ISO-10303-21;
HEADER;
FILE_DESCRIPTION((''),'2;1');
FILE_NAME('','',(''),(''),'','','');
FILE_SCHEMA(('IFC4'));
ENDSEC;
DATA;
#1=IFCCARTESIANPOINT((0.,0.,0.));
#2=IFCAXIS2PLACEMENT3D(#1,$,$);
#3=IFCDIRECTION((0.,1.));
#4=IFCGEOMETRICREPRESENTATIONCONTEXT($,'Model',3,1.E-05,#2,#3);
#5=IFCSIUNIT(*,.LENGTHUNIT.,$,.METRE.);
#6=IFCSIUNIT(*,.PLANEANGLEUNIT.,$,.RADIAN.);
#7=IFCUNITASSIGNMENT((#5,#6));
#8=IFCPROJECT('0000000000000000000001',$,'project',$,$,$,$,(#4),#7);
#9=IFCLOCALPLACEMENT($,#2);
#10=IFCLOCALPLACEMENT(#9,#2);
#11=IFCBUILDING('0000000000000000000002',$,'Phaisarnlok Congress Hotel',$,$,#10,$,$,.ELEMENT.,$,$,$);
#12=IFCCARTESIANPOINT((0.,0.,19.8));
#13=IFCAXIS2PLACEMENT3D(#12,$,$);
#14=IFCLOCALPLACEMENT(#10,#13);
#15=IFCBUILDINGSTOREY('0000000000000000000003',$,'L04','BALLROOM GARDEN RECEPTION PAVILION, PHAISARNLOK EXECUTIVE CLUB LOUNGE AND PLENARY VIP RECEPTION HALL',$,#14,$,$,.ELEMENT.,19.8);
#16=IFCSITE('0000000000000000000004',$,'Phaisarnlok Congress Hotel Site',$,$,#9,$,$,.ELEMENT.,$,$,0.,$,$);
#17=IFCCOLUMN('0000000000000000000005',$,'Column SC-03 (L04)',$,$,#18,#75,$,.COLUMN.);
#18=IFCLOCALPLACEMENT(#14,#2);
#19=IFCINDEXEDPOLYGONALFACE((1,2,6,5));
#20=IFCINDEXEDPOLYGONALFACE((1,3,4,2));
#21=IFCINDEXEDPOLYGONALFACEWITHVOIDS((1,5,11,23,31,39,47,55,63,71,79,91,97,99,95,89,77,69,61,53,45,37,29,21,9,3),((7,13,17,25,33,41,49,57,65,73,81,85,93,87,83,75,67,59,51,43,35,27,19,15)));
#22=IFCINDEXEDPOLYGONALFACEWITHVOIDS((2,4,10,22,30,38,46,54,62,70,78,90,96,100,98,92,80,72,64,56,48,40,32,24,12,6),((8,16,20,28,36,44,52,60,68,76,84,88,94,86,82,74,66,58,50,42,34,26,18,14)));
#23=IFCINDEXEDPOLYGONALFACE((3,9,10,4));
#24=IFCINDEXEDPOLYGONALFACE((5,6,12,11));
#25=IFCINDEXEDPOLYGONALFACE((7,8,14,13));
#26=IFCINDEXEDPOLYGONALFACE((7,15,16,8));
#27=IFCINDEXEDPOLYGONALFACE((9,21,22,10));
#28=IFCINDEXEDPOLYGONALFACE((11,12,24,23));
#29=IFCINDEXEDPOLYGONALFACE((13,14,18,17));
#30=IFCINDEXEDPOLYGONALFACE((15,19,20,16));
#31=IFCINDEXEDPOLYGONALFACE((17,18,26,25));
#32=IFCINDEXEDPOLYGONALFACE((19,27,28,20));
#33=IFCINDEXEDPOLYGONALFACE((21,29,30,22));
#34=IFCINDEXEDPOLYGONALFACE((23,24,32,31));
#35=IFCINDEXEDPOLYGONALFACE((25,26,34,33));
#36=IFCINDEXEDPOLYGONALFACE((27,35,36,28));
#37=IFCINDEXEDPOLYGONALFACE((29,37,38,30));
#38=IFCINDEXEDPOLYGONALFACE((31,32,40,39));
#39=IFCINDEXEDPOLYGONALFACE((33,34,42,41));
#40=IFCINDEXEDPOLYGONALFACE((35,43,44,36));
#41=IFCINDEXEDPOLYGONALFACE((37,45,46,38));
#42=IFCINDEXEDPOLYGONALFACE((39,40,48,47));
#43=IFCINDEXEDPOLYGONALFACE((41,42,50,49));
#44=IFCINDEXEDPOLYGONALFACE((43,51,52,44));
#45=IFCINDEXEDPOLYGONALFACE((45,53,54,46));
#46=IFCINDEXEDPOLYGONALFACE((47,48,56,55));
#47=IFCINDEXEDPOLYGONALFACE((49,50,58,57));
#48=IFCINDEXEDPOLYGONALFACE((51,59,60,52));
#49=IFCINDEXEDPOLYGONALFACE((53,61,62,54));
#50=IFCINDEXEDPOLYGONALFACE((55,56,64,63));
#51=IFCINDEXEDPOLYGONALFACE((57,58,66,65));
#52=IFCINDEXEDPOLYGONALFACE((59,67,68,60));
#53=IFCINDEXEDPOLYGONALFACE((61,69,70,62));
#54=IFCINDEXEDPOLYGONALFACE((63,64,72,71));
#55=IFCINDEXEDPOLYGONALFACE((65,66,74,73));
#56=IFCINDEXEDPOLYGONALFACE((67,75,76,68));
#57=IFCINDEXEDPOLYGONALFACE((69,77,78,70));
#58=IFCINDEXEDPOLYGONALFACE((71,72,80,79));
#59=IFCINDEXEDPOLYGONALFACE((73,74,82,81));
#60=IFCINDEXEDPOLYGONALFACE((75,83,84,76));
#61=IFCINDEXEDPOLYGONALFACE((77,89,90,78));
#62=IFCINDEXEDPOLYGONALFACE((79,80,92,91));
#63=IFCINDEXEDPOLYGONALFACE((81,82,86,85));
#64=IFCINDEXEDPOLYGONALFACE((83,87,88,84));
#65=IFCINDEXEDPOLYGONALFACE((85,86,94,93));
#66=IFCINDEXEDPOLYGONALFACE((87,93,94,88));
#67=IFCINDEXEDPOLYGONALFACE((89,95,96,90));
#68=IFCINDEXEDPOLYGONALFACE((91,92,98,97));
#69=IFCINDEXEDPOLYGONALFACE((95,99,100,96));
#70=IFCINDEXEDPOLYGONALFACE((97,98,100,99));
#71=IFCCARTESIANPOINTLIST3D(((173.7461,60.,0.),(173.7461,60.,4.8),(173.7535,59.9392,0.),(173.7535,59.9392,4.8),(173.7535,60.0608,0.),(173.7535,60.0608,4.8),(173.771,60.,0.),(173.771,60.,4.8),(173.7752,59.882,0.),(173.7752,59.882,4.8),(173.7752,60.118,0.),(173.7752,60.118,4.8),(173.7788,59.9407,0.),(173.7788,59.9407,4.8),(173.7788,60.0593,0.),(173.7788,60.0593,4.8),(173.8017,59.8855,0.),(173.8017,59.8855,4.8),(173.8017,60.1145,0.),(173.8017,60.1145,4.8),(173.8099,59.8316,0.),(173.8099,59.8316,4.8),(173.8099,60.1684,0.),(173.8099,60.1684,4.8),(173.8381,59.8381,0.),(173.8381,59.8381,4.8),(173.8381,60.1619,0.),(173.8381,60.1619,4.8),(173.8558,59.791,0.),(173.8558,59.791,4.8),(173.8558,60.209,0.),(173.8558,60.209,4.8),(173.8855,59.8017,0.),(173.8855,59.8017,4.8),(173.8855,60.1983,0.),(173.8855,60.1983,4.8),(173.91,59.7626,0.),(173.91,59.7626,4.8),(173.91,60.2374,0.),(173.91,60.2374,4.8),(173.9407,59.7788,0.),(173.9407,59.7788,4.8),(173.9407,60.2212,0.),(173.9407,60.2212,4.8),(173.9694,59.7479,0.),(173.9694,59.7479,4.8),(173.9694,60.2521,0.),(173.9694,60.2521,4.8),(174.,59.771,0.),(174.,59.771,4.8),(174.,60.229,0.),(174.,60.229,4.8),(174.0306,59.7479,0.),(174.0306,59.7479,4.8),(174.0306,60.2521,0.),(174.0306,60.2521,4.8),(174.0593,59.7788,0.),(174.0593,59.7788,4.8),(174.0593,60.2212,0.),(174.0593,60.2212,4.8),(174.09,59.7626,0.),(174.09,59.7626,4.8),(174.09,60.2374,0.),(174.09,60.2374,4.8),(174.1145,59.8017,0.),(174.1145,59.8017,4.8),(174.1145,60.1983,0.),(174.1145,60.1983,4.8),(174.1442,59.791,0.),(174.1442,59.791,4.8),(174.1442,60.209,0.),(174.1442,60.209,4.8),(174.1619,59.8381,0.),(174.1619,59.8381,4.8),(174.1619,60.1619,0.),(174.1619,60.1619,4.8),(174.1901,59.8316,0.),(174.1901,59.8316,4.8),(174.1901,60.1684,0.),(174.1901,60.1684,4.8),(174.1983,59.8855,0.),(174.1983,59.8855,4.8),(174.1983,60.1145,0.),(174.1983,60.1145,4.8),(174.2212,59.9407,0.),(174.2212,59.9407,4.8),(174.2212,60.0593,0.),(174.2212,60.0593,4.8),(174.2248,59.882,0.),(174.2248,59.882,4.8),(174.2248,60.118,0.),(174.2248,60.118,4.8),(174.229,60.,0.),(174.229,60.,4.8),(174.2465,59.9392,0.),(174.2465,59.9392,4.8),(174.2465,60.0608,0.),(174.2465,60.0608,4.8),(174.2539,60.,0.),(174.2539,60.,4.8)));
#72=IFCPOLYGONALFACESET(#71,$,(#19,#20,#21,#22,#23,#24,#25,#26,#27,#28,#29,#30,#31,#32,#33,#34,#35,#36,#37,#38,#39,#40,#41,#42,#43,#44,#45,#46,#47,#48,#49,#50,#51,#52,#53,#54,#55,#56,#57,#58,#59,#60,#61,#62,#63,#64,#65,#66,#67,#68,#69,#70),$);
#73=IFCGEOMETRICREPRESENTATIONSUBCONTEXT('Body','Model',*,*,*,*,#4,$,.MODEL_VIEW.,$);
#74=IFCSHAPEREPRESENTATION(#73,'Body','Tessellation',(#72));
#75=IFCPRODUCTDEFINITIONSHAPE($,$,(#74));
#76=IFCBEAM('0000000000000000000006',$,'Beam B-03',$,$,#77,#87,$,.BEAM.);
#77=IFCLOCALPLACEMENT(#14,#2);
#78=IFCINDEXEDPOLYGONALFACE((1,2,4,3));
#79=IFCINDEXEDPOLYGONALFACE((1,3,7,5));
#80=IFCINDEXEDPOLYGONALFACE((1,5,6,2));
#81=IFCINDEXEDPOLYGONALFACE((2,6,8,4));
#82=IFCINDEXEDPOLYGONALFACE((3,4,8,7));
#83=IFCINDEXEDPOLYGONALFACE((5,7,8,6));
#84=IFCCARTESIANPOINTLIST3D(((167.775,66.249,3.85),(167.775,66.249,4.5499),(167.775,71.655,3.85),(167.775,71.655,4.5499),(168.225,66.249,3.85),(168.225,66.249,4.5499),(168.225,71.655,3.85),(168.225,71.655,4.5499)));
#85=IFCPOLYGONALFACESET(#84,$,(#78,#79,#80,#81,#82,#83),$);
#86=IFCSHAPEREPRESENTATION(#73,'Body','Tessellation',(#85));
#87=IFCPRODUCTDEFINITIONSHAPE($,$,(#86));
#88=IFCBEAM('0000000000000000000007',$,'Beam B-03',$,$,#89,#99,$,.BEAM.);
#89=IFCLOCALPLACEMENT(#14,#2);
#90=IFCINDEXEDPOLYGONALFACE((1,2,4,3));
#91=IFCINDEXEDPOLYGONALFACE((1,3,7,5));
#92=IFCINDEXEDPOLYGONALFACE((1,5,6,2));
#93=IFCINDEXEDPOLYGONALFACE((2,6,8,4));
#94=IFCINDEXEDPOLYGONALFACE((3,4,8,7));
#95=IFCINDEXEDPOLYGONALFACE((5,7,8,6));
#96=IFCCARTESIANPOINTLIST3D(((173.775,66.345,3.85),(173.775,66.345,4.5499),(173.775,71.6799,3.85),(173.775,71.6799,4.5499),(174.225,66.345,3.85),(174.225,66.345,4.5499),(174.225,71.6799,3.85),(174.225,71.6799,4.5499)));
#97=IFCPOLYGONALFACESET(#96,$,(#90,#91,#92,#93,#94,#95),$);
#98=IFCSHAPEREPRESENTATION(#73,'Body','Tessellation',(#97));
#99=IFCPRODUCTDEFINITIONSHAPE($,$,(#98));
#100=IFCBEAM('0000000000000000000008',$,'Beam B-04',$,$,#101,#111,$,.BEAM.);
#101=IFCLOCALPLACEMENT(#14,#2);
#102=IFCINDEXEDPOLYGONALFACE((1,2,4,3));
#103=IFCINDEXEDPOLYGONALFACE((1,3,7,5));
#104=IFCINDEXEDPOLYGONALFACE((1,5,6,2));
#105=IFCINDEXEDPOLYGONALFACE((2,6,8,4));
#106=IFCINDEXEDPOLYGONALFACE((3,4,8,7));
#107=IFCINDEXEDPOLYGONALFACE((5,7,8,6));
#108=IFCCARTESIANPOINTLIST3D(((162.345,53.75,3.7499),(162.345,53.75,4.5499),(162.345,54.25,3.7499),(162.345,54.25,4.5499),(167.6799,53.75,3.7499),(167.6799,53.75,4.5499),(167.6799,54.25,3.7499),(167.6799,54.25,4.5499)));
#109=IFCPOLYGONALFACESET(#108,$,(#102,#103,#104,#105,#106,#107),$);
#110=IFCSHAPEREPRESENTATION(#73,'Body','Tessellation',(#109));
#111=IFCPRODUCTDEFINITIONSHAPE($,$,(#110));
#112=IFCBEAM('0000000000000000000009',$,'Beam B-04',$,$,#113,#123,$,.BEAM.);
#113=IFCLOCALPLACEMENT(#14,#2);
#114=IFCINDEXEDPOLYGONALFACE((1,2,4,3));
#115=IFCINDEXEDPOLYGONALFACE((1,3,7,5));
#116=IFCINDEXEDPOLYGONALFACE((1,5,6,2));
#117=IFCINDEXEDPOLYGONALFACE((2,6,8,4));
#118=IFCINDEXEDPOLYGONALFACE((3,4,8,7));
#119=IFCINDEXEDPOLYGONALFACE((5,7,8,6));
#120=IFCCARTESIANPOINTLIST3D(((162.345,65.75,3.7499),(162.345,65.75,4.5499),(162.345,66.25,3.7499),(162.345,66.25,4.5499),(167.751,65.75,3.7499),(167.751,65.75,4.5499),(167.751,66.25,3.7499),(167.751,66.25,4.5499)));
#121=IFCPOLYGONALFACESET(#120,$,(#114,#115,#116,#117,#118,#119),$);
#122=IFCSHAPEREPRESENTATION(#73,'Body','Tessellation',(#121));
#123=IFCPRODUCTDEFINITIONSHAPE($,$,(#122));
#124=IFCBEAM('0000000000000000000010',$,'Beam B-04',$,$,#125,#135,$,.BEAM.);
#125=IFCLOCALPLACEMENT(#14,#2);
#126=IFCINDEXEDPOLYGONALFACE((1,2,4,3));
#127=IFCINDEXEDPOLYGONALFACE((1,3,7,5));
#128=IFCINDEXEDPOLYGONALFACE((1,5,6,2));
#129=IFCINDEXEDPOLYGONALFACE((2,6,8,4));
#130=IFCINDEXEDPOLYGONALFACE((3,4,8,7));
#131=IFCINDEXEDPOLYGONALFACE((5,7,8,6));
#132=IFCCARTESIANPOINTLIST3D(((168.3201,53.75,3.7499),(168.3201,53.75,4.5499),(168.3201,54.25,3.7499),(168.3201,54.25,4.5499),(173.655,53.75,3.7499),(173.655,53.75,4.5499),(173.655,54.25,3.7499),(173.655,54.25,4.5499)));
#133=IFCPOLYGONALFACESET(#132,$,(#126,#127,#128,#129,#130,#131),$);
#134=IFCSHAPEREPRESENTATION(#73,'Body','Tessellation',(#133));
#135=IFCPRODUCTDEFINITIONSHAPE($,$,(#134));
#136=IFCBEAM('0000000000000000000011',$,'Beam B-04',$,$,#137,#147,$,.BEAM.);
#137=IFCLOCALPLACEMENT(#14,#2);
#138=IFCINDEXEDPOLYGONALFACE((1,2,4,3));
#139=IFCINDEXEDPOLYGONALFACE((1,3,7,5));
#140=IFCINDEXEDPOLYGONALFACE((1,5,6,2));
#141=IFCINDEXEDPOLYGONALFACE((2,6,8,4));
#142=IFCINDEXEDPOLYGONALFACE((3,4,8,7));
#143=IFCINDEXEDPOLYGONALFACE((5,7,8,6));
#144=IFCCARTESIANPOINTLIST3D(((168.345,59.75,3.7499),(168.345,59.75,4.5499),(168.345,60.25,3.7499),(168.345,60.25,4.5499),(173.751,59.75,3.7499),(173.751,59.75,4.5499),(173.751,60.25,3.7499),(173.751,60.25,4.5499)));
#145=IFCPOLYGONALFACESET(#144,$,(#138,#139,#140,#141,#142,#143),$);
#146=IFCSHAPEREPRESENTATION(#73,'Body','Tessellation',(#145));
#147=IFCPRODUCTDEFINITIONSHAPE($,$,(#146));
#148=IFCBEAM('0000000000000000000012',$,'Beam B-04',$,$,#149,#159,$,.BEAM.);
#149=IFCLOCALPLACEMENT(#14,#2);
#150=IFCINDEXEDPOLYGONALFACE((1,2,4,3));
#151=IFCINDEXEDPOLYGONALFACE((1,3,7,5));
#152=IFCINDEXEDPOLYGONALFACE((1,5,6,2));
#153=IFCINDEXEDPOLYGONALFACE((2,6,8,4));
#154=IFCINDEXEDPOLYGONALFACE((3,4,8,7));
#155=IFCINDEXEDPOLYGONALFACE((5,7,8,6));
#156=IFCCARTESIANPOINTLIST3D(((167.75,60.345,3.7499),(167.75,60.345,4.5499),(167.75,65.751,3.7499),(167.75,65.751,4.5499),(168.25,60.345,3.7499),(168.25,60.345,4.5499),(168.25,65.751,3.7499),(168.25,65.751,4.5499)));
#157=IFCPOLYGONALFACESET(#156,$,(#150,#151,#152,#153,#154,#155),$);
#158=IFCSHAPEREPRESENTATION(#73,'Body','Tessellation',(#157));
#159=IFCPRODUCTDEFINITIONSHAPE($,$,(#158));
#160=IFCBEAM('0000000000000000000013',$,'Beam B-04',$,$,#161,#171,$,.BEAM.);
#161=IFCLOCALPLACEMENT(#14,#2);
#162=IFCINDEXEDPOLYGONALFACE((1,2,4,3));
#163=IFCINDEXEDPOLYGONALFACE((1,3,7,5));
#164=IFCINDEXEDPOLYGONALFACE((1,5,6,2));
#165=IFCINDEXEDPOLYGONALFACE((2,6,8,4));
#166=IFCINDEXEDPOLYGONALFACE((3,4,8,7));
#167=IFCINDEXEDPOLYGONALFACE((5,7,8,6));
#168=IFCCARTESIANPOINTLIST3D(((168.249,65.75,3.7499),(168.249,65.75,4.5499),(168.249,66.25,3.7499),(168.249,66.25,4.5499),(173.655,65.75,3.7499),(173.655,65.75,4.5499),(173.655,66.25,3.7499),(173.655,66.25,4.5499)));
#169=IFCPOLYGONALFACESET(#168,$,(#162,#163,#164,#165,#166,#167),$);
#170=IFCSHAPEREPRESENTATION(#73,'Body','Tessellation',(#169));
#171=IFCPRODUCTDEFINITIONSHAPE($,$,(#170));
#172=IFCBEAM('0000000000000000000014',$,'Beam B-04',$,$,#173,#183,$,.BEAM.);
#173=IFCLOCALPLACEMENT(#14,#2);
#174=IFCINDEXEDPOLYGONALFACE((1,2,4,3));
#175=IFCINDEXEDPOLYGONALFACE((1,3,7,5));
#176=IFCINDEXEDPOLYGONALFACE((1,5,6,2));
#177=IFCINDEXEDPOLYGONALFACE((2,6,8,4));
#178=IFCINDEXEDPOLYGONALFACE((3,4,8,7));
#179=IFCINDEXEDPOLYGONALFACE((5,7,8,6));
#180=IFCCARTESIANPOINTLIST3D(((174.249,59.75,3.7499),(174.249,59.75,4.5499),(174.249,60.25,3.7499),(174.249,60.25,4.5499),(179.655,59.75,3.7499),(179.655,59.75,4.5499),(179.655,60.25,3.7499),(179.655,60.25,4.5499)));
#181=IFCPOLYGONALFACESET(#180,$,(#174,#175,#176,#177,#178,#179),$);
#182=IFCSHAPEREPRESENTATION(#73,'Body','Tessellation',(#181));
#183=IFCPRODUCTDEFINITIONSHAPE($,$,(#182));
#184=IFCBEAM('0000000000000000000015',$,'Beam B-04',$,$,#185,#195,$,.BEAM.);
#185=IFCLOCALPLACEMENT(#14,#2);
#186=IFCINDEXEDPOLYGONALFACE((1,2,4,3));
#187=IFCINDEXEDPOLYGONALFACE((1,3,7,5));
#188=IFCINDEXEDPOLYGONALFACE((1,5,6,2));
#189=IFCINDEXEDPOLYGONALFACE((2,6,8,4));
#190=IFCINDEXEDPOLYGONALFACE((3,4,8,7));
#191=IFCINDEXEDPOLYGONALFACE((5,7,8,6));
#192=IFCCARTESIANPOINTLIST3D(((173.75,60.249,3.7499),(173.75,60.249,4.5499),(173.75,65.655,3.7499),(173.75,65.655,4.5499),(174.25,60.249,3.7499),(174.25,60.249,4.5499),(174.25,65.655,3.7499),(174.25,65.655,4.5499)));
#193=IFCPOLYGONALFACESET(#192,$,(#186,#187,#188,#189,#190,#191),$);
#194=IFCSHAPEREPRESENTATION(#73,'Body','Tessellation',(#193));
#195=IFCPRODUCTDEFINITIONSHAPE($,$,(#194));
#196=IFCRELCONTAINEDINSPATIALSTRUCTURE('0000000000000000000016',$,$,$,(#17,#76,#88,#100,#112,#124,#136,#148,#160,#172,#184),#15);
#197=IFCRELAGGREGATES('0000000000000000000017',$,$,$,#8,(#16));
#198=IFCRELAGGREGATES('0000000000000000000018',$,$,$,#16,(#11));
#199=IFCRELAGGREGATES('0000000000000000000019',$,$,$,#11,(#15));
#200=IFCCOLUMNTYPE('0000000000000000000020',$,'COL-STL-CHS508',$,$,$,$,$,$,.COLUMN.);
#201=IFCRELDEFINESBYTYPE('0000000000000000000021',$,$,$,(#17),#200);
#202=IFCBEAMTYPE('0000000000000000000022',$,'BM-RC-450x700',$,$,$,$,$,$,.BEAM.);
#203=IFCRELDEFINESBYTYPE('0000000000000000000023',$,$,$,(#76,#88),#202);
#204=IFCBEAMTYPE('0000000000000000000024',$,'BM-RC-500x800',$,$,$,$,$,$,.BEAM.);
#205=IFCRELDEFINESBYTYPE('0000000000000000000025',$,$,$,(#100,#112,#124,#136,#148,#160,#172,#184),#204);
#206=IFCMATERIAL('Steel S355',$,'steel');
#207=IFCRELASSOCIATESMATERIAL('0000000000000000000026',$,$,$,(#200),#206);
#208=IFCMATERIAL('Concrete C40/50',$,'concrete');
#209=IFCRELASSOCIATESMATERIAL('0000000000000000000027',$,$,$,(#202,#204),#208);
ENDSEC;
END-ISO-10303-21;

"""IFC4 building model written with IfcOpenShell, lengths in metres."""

from ifc_helpers import new_model, si_unit, direction, frame, origin, origin_2d, place, context, subcontext, project, spatial, rectangle, hollow_circle, extrude, material, material_profile, profile_set, type_object, element, save


model = new_model("IFC4")

# Units and contexts
model_context = context("Model", 3, precision=1e-05, world=origin(), true_north=direction((0.0, 1.0)))
body_context = subcontext(model_context, "Body", "Model", "MODEL_VIEW")
ifc_project = project(units=[si_unit("LENGTHUNIT", "METRE"), si_unit("PLANEANGLEUNIT", "RADIAN")], contexts=[model_context])

# Site, building, storey
site_placement = place(None, origin())
site = spatial("IfcSite", under=ifc_project, at=site_placement, Name="Phaisarnlok Congress Hotel Site", CompositionType="ELEMENT", RefElevation=0.0)
building_placement = place(site_placement, origin())
building = spatial("IfcBuilding", under=site, at=building_placement, Name="Phaisarnlok Congress Hotel", CompositionType="ELEMENT")
storey_placement = place(building_placement, frame((0.0, 0.0, 19.8)))
storey = spatial("IfcBuildingStorey", under=building, at=storey_placement, Name="L04", Description="BALLROOM GARDEN RECEPTION PAVILION, PHAISARNLOK EXECUTIVE CLUB LOUNGE AND PLENARY VIP RECEPTION HALL", CompositionType="ELEMENT", Elevation=19.8)

# Column
ifc_material_1 = material(Name="Steel S355", Category="steel")
ifc_material_profile_1 = material_profile(ifc_material_1, hollow_circle(Radius=0.2539, WallThickness=0.0249, at=origin_2d()), Name="CHS 508x25")
ifc_profile_set_1 = profile_set([ifc_material_profile_1], Name="Steel S355")
column_type_1 = type_object("IfcColumnType", Name="COL-STL-CHS508", PredefinedType="COLUMN", material=ifc_profile_set_1)
for number, where, z_axis, x_axis, name in (
    (1, (174.0, 60.0, 0.0), (0.0, 0.0, 1.0), (1.0, 0.0, 0.0), "Column SC-03 (L04)"),
):
    element("IfcColumn", number, at=place(storey_placement, frame(where, z_axis=z_axis, x_axis=x_axis)), inside=storey, type_object=column_type_1, Name=name, PredefinedType="COLUMN", context=body_context, shape_type="SweptSolid", body=[
        extrude(hollow_circle(Radius=0.2539, WallThickness=0.0249, at=origin_2d()), origin(), (0.0, 0.0, 1.0), 4.8),
    ])

# Beams
ifc_material_2 = material(Name="Concrete C40/50", Category="concrete")
ifc_material_profile_2 = material_profile(ifc_material_2, rectangle(XDim=0.45, YDim=0.7, at=origin_2d()), Name="RC 450x700")
ifc_profile_set_2 = profile_set([ifc_material_profile_2], Name="Concrete C40/50")
beam_type_1 = type_object("IfcBeamType", Name="BM-RC-450x700", PredefinedType="BEAM", material=ifc_profile_set_2)
beam_1_placement = place(storey_placement, frame((168.0, 66.249, 4.2), z_axis=(0.0, 1.0, 0.0), x_axis=(-1.0, 0.0, 0.0)))
element("IfcBeam", 2, at=beam_1_placement, inside=storey, type_object=beam_type_1, Name="Beam B-03", PredefinedType="BEAM", context=body_context, shape_type="SweptSolid", body=[
    extrude(rectangle(XDim=0.45, YDim=0.7, at=origin_2d()), origin(), (0.0, 0.0, 1.0), 5.406),
])
beam_2_placement = place(storey_placement, frame((174.0, 66.345, 4.2), z_axis=(0.0, 1.0, 0.0), x_axis=(-1.0, 0.0, 0.0)))
element("IfcBeam", 3, at=beam_2_placement, inside=storey, type_object=beam_type_1, Name="Beam B-03", PredefinedType="BEAM", context=body_context, shape_type="SweptSolid", body=[
    extrude(rectangle(XDim=0.45, YDim=0.7, at=origin_2d()), origin(), (0.0, 0.0, 1.0), 5.335),
])
ifc_material_profile_3 = material_profile(ifc_material_2, rectangle(XDim=0.5, YDim=0.8, at=origin_2d()), Name="RC 500x800")
ifc_profile_set_3 = profile_set([ifc_material_profile_3], Name="Concrete C40/50")
beam_type_2 = type_object("IfcBeamType", Name="BM-RC-500x800", PredefinedType="BEAM", material=ifc_profile_set_3)
beam_3_placement = place(storey_placement, frame((162.345, 54.0, 4.1499), z_axis=(1.0, 0.0, 0.0), x_axis=(0.0, 1.0, 0.0)))
element("IfcBeam", 4, at=beam_3_placement, inside=storey, type_object=beam_type_2, Name="Beam B-04", PredefinedType="BEAM", context=body_context, shape_type="SweptSolid", body=[
    extrude(rectangle(XDim=0.5, YDim=0.8, at=origin_2d()), origin(), (0.0, 0.0, 1.0), 5.335),
])
beam_4_placement = place(storey_placement, frame((162.345, 66.0, 4.1499), z_axis=(1.0, 0.0, 0.0), x_axis=(0.0, 1.0, 0.0)))
element("IfcBeam", 5, at=beam_4_placement, inside=storey, type_object=beam_type_2, Name="Beam B-04", PredefinedType="BEAM", context=body_context, shape_type="SweptSolid", body=[
    extrude(rectangle(XDim=0.5, YDim=0.8, at=origin_2d()), origin(), (0.0, 0.0, 1.0), 5.406),
])
beam_5_placement = place(storey_placement, frame((168.3201, 54.0, 4.1499), z_axis=(1.0, 0.0, 0.0), x_axis=(0.0, 1.0, 0.0)))
element("IfcBeam", 6, at=beam_5_placement, inside=storey, type_object=beam_type_2, Name="Beam B-04", PredefinedType="BEAM", context=body_context, shape_type="SweptSolid", body=[
    extrude(rectangle(XDim=0.5, YDim=0.8, at=origin_2d()), origin(), (0.0, 0.0, 1.0), 5.335),
])
for number, where, z_axis, x_axis, name in (
    (7, (168.345, 60.0, 4.1499), (1.0, 0.0, 0.0), (0.0, 1.0, 0.0), "Beam B-04"),
    (8, (168.0, 60.345, 4.1499), (0.0, 1.0, 0.0), (-1.0, 0.0, 0.0), "Beam B-04"),
    (9, (168.249, 66.0, 4.1499), (1.0, 0.0, 0.0), (0.0, 1.0, 0.0), "Beam B-04"),
    (10, (174.249, 60.0, 4.1499), (1.0, 0.0, 0.0), (0.0, 1.0, 0.0), "Beam B-04"),
    (11, (174.0, 60.249, 4.1499), (0.0, 1.0, 0.0), (-1.0, 0.0, 0.0), "Beam B-04"),
):
    element("IfcBeam", number, at=place(storey_placement, frame(where, z_axis=z_axis, x_axis=x_axis)), inside=storey, type_object=beam_type_2, Name=name, PredefinedType="BEAM", context=body_context, shape_type="SweptSolid", body=[
        extrude(rectangle(XDim=0.5, YDim=0.8, at=origin_2d()), origin(), (0.0, 0.0, 1.0), 5.406),
    ])

save(model, "model.ifc")
